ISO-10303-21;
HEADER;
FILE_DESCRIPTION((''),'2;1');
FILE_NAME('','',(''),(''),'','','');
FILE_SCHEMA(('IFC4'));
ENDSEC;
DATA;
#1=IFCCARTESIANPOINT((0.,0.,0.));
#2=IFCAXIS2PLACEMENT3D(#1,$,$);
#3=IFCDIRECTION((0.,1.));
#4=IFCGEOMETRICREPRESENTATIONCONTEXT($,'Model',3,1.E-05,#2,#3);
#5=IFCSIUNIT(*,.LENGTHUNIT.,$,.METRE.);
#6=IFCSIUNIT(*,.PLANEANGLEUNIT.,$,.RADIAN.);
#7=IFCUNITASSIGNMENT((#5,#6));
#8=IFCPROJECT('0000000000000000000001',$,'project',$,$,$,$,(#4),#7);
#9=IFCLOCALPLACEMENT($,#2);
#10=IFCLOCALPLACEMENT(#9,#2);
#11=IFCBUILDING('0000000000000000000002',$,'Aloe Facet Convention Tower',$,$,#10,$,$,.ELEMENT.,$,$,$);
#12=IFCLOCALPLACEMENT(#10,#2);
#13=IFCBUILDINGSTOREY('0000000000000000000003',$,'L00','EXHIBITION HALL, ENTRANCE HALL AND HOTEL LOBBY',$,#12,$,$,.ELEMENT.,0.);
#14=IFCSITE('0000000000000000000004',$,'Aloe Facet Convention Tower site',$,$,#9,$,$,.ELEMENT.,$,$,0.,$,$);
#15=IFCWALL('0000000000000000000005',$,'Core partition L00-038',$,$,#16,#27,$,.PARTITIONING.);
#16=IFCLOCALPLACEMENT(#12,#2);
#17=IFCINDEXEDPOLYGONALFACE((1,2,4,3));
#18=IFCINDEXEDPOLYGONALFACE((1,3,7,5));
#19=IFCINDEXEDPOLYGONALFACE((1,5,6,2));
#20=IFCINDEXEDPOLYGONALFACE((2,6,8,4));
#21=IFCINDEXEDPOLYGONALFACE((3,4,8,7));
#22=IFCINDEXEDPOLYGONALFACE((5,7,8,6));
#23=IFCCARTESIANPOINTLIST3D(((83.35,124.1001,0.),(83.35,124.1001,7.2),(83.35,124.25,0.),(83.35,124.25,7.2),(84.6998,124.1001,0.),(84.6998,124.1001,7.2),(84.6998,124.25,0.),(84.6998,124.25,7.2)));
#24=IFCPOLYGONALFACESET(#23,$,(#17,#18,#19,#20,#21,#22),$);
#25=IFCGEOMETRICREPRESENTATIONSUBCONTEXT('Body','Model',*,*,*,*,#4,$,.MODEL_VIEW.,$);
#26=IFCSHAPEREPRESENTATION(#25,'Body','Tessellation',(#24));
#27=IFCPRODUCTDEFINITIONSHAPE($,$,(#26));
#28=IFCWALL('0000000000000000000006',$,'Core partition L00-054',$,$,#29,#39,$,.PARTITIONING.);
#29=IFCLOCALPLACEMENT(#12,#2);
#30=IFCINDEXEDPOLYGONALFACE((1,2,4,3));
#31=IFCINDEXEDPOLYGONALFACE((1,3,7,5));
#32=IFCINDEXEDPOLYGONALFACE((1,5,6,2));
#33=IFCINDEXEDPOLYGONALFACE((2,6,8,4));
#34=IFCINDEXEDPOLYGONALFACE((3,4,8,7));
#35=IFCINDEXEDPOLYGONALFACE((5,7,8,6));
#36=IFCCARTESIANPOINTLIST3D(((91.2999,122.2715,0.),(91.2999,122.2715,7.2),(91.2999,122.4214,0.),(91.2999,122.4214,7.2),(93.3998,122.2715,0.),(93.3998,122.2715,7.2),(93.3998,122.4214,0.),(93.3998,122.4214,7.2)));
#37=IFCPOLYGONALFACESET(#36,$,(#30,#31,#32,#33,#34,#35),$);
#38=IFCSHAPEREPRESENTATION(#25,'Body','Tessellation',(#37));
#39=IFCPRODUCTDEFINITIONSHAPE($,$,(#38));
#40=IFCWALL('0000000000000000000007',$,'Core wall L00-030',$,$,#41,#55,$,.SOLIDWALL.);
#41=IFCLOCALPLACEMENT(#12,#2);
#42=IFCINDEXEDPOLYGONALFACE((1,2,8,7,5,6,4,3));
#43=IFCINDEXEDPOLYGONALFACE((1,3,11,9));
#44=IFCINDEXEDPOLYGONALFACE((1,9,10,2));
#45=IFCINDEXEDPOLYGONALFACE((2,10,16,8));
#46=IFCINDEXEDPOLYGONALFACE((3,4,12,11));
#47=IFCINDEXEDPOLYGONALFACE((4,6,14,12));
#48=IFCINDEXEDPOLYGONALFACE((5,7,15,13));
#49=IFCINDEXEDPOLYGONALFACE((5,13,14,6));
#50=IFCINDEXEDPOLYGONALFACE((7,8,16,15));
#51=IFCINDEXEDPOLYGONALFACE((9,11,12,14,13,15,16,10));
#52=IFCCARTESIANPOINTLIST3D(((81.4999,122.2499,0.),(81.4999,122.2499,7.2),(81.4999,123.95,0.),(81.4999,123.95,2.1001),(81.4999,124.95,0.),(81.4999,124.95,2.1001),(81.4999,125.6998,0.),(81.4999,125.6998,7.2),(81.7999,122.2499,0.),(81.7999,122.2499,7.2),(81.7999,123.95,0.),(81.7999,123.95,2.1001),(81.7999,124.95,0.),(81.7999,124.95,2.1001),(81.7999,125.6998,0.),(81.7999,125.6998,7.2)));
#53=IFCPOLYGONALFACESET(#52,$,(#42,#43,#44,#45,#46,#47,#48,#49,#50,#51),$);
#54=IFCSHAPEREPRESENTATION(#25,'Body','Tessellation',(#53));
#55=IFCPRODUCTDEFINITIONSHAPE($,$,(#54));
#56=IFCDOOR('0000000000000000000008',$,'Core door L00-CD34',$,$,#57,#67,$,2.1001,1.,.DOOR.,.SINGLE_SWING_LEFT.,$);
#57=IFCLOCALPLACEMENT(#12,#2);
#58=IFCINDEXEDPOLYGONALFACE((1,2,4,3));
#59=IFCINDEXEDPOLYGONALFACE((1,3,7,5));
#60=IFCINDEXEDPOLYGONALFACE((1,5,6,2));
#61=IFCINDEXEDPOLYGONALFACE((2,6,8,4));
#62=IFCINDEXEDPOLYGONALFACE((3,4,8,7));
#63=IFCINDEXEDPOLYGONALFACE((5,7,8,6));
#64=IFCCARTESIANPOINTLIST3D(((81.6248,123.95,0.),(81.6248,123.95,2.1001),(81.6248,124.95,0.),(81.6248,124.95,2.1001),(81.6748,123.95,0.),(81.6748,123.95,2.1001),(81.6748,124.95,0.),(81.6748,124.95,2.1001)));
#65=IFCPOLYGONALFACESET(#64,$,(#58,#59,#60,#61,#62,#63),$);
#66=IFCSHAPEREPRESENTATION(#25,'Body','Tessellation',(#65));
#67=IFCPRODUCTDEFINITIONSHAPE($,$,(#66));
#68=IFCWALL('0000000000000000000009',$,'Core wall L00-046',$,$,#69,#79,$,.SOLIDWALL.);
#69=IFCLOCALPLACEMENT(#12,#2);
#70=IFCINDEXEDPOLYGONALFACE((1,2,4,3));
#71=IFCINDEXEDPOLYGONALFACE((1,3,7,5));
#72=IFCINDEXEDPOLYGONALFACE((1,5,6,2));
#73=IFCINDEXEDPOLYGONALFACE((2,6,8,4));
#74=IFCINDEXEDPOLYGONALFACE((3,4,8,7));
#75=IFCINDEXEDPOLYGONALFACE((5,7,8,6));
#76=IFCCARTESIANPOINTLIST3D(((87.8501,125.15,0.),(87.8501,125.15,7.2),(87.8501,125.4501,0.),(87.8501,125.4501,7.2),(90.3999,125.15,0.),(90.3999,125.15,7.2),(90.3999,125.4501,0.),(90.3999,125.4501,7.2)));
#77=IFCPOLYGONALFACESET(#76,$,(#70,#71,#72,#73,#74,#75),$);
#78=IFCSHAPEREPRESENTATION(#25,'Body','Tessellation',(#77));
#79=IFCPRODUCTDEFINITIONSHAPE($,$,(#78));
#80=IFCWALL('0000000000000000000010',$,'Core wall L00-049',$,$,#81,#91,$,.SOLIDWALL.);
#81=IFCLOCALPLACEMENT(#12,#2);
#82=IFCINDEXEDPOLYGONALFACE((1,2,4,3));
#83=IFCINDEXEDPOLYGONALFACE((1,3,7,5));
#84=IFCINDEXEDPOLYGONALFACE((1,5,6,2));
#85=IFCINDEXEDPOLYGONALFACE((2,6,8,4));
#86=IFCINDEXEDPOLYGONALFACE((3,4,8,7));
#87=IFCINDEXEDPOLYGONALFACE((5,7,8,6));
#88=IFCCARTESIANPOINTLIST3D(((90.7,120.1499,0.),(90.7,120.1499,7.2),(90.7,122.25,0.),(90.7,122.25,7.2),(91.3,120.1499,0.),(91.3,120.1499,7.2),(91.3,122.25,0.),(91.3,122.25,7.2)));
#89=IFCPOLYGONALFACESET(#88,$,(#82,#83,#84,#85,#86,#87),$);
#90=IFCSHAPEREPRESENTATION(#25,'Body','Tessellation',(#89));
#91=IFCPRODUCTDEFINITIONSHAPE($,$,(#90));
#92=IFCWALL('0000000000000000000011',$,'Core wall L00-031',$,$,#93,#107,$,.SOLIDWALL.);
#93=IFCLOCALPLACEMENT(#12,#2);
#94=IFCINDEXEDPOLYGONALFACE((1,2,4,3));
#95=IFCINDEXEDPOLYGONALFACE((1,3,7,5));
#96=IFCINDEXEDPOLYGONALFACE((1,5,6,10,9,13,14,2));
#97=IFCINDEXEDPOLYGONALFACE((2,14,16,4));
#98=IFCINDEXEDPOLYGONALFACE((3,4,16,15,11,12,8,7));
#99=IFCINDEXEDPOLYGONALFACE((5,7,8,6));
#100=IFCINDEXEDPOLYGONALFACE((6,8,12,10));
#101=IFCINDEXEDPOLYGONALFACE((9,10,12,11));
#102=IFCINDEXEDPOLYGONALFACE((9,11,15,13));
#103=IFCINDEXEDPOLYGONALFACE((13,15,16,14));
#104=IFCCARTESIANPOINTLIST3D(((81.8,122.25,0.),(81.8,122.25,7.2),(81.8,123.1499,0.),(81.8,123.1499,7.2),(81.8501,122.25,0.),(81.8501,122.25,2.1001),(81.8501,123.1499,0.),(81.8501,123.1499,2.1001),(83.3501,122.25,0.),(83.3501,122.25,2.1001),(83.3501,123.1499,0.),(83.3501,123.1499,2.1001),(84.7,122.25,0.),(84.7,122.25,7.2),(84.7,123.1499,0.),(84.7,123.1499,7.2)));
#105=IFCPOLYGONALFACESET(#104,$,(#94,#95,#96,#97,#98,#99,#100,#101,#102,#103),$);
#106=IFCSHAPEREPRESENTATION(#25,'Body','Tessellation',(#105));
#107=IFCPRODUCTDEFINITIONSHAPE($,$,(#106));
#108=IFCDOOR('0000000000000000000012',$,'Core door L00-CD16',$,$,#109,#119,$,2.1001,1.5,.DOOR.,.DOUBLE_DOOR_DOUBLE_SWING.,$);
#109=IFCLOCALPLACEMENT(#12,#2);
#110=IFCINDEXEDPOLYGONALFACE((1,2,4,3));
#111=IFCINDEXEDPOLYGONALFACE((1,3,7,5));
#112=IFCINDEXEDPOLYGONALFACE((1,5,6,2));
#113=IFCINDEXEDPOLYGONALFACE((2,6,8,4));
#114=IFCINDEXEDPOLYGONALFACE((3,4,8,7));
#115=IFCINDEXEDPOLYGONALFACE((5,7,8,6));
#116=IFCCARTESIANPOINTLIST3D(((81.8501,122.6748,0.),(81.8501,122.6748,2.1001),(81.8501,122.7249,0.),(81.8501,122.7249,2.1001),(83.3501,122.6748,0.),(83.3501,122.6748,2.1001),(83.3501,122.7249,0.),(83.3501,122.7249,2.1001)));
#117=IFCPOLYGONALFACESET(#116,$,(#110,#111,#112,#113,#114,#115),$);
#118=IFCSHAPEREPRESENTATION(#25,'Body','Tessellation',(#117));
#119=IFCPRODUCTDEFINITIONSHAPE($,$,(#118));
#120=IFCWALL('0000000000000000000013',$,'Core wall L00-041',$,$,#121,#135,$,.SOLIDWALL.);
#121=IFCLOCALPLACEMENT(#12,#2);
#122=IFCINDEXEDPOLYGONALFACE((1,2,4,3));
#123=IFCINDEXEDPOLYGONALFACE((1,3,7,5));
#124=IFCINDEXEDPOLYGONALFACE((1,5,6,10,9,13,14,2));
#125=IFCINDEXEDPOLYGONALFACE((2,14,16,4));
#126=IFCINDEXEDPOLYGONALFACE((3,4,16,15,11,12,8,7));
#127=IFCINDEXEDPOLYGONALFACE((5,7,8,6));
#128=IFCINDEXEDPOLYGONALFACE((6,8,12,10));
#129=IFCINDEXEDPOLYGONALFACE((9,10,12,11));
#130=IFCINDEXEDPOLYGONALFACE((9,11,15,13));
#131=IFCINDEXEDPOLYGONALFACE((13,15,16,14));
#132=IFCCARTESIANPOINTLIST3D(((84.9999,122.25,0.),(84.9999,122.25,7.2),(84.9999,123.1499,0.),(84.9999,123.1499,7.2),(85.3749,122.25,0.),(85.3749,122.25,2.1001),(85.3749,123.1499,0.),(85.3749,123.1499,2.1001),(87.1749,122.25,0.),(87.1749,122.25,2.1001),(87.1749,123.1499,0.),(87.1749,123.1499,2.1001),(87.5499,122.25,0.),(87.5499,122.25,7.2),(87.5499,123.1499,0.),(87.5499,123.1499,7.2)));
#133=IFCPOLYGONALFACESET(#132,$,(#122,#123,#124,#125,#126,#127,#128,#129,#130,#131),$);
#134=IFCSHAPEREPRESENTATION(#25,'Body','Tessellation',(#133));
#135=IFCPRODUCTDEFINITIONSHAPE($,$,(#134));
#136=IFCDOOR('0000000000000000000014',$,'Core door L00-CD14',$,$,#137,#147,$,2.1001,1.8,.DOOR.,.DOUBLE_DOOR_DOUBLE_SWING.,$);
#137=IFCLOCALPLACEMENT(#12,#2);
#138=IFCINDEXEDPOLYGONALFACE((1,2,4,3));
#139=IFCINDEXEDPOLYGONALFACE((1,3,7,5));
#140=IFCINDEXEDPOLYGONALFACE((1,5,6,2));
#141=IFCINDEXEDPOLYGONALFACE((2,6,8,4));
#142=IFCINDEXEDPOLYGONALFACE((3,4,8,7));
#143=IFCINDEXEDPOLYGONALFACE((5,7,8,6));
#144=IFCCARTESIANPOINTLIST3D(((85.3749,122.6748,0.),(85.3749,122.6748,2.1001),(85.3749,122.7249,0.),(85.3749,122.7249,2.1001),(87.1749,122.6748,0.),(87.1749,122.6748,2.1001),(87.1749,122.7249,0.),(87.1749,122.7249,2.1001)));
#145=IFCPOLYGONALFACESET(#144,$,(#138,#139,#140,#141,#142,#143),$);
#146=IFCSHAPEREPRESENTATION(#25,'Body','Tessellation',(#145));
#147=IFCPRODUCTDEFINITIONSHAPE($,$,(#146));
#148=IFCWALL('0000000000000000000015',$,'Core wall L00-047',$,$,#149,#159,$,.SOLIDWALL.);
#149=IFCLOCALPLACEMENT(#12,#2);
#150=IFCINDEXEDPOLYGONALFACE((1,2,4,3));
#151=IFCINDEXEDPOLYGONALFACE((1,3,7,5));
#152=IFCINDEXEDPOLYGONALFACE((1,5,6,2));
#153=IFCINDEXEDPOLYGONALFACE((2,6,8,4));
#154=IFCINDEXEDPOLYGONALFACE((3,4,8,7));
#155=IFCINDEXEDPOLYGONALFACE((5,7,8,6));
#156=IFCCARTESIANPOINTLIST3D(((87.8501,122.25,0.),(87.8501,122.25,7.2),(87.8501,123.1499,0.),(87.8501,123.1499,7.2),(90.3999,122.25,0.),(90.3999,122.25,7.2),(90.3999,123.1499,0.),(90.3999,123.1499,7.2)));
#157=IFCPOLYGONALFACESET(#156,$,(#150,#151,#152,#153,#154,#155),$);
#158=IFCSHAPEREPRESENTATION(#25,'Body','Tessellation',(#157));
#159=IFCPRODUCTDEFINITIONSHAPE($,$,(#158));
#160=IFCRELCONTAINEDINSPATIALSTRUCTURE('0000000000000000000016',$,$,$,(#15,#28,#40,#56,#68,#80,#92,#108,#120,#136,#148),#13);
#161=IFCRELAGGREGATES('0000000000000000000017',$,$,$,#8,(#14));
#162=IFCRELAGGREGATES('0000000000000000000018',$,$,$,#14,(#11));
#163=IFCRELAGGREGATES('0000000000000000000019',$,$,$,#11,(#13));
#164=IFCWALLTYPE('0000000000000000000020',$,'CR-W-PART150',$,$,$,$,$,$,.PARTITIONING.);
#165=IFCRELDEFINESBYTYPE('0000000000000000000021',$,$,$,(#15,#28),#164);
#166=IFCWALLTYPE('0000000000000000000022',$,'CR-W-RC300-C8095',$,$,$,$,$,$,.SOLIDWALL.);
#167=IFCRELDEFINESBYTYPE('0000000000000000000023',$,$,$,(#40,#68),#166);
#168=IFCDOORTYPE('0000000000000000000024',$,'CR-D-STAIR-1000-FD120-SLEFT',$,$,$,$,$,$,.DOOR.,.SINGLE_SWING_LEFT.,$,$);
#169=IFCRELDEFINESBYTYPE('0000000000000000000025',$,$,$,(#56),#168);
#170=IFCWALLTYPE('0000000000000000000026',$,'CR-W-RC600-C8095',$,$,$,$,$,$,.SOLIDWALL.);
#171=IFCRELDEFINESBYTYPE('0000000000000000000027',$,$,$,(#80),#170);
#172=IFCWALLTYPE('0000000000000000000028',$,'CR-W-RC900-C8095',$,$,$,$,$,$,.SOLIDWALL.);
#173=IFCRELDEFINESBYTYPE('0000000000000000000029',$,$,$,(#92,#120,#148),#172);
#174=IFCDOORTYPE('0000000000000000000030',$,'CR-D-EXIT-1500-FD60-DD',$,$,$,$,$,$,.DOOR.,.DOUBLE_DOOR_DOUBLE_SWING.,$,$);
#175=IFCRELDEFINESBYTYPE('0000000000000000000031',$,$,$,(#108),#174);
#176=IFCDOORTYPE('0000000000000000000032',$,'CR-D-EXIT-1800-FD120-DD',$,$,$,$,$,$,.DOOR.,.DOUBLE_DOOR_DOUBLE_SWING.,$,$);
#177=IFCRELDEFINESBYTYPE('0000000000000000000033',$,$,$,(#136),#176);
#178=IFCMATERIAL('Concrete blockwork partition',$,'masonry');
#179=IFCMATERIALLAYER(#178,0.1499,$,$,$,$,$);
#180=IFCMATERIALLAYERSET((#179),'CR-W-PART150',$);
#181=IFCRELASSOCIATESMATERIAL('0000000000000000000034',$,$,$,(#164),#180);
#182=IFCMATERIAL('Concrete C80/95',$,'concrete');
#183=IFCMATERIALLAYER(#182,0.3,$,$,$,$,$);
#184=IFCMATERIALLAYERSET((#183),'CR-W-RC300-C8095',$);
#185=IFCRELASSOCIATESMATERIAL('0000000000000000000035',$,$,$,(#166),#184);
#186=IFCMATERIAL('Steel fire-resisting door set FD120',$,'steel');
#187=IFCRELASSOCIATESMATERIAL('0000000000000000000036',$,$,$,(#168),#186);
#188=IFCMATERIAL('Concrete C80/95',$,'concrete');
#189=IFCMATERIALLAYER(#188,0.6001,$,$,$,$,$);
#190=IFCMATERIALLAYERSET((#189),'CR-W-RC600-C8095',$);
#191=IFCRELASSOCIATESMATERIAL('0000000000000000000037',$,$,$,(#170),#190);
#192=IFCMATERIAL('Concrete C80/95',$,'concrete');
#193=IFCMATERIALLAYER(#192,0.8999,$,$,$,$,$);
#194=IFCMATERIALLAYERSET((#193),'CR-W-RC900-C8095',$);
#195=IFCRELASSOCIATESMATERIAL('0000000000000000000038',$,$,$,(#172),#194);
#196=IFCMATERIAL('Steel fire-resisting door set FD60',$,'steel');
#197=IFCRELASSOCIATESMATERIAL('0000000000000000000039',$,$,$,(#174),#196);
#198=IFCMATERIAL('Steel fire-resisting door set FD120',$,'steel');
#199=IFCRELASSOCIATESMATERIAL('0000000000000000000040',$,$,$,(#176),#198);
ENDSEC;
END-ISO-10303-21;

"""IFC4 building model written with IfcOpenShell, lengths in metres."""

from ifc_helpers import new_model, si_unit, direction, frame, frame_2d, origin, place, context, subcontext, project, spatial, rectangle, extrude, material, layer, layer_set, type_object, element, fill, save


model = new_model("IFC4")

# Units and contexts
model_context = context("Model", 3, precision=1e-05, world=origin(), true_north=direction((0.0, 1.0)))
body_context = subcontext(model_context, "Body", "Model", "MODEL_VIEW")
ifc_project = project(units=[si_unit("LENGTHUNIT", "METRE"), si_unit("PLANEANGLEUNIT", "RADIAN")], contexts=[model_context])

# Site, building, storey
site_placement = place(None, origin())
site = spatial("IfcSite", under=ifc_project, at=site_placement, Name="Aloe Facet Convention Tower site", CompositionType="ELEMENT", RefElevation=0.0)
building_placement = place(site_placement, origin())
building = spatial("IfcBuilding", under=site, at=building_placement, Name="Aloe Facet Convention Tower", CompositionType="ELEMENT")
storey_placement = place(building_placement, origin())
storey = spatial("IfcBuildingStorey", under=building, at=storey_placement, Name="L00", Description="EXHIBITION HALL, ENTRANCE HALL AND HOTEL LOBBY", CompositionType="ELEMENT", Elevation=0.0)

# Walls
ifc_material_1 = material(Name="Concrete blockwork partition", Category="masonry")
ifc_layer_1 = layer(ifc_material_1, 0.1499)
ifc_layer_set_1 = layer_set([ifc_layer_1], Name="CR-W-PART150")
wall_type_1 = type_object("IfcWallType", Name="CR-W-PART150", PredefinedType="PARTITIONING", material=ifc_layer_set_1)
wall_1_placement = place(storey_placement, frame((83.3501, 124.175, 0.0), z_axis=(0.0, 0.0, 1.0), x_axis=(1.0, 0.0, 0.0)))
element("IfcWall", 1, at=wall_1_placement, inside=storey, type_object=wall_type_1, Name="Core partition L00-038", PredefinedType="PARTITIONING", context=body_context, shape_type="SweptSolid", body=[
    extrude(rectangle(XDim=1.3499, YDim=0.1499, at=frame_2d((0.6748, 0.0))), origin(), (0.0, 0.0, 1.0), 7.2),
])
wall_2_placement = place(storey_placement, frame((91.3, 122.3464, 0.0), z_axis=(0.0, 0.0, 1.0), x_axis=(1.0, 0.0, 0.0)))
element("IfcWall", 2, at=wall_2_placement, inside=storey, type_object=wall_type_1, Name="Core partition L00-054", PredefinedType="PARTITIONING", context=body_context, shape_type="SweptSolid", body=[
    extrude(rectangle(XDim=2.0999, YDim=0.1499, at=frame_2d((1.0498, 0.0))), origin(), (0.0, 0.0, 1.0), 7.2),
])

# Wall, opening, door
ifc_material_2 = material(Name="Concrete C80/95", Category="concrete")
ifc_layer_2 = layer(ifc_material_2, 0.3)
ifc_layer_set_2 = layer_set([ifc_layer_2], Name="CR-W-RC300-C8095")
wall_type_2 = type_object("IfcWallType", Name="CR-W-RC300-C8095", PredefinedType="SOLIDWALL", material=ifc_layer_set_2)
wall_3_placement = place(storey_placement, frame((81.6499, 125.7, 0.0), z_axis=(0.0, 0.0, 1.0), x_axis=(0.0, -1.0, 0.0)))
wall_3 = element("IfcWall", 3, at=wall_3_placement, inside=storey, type_object=wall_type_2, Name="Core wall L00-030", PredefinedType="SOLIDWALL", context=body_context, shape_type="SweptSolid", body=[
    extrude(rectangle(XDim=3.45, YDim=0.3, at=frame_2d((1.7251, 0.0))), origin(), (0.0, 0.0, 1.0), 7.2),
])
opening_1_placement = place(wall_3_placement, frame((0.75, 0.0, 0.0)))
opening_1 = element("IfcOpeningElement", 4, at=opening_1_placement, cuts=wall_3, PredefinedType="OPENING", context=body_context, shape_type="SweptSolid", body=[
    extrude(rectangle(XDim=1.0, YDim=2.1001, at=frame_2d((0.5, 1.05))), frame((0.0, 0.1602, 0.0), z_axis=(0.0, -1.0, 0.0), x_axis=(1.0, 0.0, 0.0)), (0.0, 0.0, 1.0), 0.3201),
])
ifc_material_3 = material(Name="Steel fire-resisting door set FD120", Category="steel")
door_type_1 = type_object("IfcDoorType", Name="CR-D-STAIR-1000-FD120-SLEFT", OperationType="SINGLE_SWING_LEFT", PredefinedType="DOOR", material=ifc_material_3)
door_1_placement = place(opening_1_placement, origin())
door_1 = element("IfcDoor", 5, at=door_1_placement, inside=storey, type_object=door_type_1, Name="Core door L00-CD34", OperationType="SINGLE_SWING_LEFT", OverallHeight=2.1001, OverallWidth=1.0, PredefinedType="DOOR", context=body_context, shape_type="SweptSolid", body=[
    extrude(rectangle(XDim=1.0, YDim=2.1001, at=frame_2d((0.5, 1.05))), frame((0.0, 0.0249, 0.0), z_axis=(0.0, -1.0, 0.0), x_axis=(1.0, 0.0, 0.0)), (0.0, 0.0, 1.0), 0.05),
])
fill(opening_1, door_1)

# Walls
wall_4_placement = place(storey_placement, frame((87.8501, 125.3, 0.0), z_axis=(0.0, 0.0, 1.0), x_axis=(1.0, 0.0, 0.0)))
element("IfcWall", 6, at=wall_4_placement, inside=storey, type_object=wall_type_2, Name="Core wall L00-046", PredefinedType="SOLIDWALL", context=body_context, shape_type="SweptSolid", body=[
    extrude(rectangle(XDim=2.5498, YDim=0.3, at=frame_2d((1.2749, 0.0))), origin(), (0.0, 0.0, 1.0), 7.2),
])
ifc_material_4 = material(Name="Concrete C80/95", Category="concrete")
ifc_layer_3 = layer(ifc_material_4, 0.6001)
ifc_layer_set_3 = layer_set([ifc_layer_3], Name="CR-W-RC600-C8095")
wall_type_3 = type_object("IfcWallType", Name="CR-W-RC600-C8095", PredefinedType="SOLIDWALL", material=ifc_layer_set_3)
wall_5_placement = place(storey_placement, frame((91.0, 122.25, 0.0), z_axis=(0.0, 0.0, 1.0), x_axis=(0.0, -1.0, 0.0)))
element("IfcWall", 7, at=wall_5_placement, inside=storey, type_object=wall_type_3, Name="Core wall L00-049", PredefinedType="SOLIDWALL", context=body_context, shape_type="SweptSolid", body=[
    extrude(rectangle(XDim=2.1001, YDim=0.6001, at=frame_2d((1.05, 0.0))), origin(), (0.0, 0.0, 1.0), 7.2),
])

# Walls, openings, doors
ifc_material_5 = material(Name="Concrete C80/95", Category="concrete")
ifc_layer_4 = layer(ifc_material_5, 0.8999)
ifc_layer_set_4 = layer_set([ifc_layer_4], Name="CR-W-RC900-C8095")
wall_type_4 = type_object("IfcWallType", Name="CR-W-RC900-C8095", PredefinedType="SOLIDWALL", material=ifc_layer_set_4)
wall_6_placement = place(storey_placement, frame((81.8, 122.7, 0.0), z_axis=(0.0, 0.0, 1.0), x_axis=(1.0, 0.0, 0.0)))
wall_6 = element("IfcWall", 8, at=wall_6_placement, inside=storey, type_object=wall_type_4, Name="Core wall L00-031", PredefinedType="SOLIDWALL", context=body_context, shape_type="SweptSolid", body=[
    extrude(rectangle(XDim=2.8999, YDim=0.8999, at=frame_2d((1.45, 0.0))), origin(), (0.0, 0.0, 1.0), 7.2),
])
opening_2_placement = place(wall_6_placement, frame((0.05, 0.0, 0.0)))
opening_2 = element("IfcOpeningElement", 9, at=opening_2_placement, cuts=wall_6, PredefinedType="OPENING", context=body_context, shape_type="SweptSolid", body=[
    extrude(rectangle(XDim=1.5, YDim=2.1001, at=frame_2d((0.75, 1.05))), frame((0.0, 0.46, 0.0), z_axis=(0.0, -1.0, 0.0), x_axis=(1.0, 0.0, 0.0)), (0.0, 0.0, 1.0), 0.9199),
])
ifc_material_6 = material(Name="Steel fire-resisting door set FD60", Category="steel")
door_type_2 = type_object("IfcDoorType", Name="CR-D-EXIT-1500-FD60-DD", OperationType="DOUBLE_DOOR_DOUBLE_SWING", PredefinedType="DOOR", material=ifc_material_6)
door_2_placement = place(opening_2_placement, origin())
door_2 = element("IfcDoor", 10, at=door_2_placement, inside=storey, type_object=door_type_2, Name="Core door L00-CD16", OperationType="DOUBLE_DOOR_DOUBLE_SWING", OverallHeight=2.1001, OverallWidth=1.5, PredefinedType="DOOR", context=body_context, shape_type="SweptSolid", body=[
    extrude(rectangle(XDim=1.5, YDim=2.1001, at=frame_2d((0.75, 1.05))), frame((0.0, 0.0249, 0.0), z_axis=(0.0, -1.0, 0.0), x_axis=(1.0, 0.0, 0.0)), (0.0, 0.0, 1.0), 0.05),
])
fill(opening_2, door_2)
wall_7_placement = place(storey_placement, frame((85.0, 122.7, 0.0), z_axis=(0.0, 0.0, 1.0), x_axis=(1.0, 0.0, 0.0)))
wall_7 = element("IfcWall", 11, at=wall_7_placement, inside=storey, type_object=wall_type_4, Name="Core wall L00-041", PredefinedType="SOLIDWALL", context=body_context, shape_type="SweptSolid", body=[
    extrude(rectangle(XDim=2.55, YDim=0.8999, at=frame_2d((1.2749, 0.0))), origin(), (0.0, 0.0, 1.0), 7.2),
])
opening_3_placement = place(wall_7_placement, frame((0.375, 0.0, 0.0)))
opening_3 = element("IfcOpeningElement", 12, at=opening_3_placement, cuts=wall_7, PredefinedType="OPENING", context=body_context, shape_type="SweptSolid", body=[
    extrude(rectangle(XDim=1.8, YDim=2.1001, at=frame_2d((0.8999, 1.05))), frame((0.0, 0.46, 0.0), z_axis=(0.0, -1.0, 0.0), x_axis=(1.0, 0.0, 0.0)), (0.0, 0.0, 1.0), 0.9199),
])
ifc_material_7 = material(Name="Steel fire-resisting door set FD120", Category="steel")
door_type_3 = type_object("IfcDoorType", Name="CR-D-EXIT-1800-FD120-DD", OperationType="DOUBLE_DOOR_DOUBLE_SWING", PredefinedType="DOOR", material=ifc_material_7)
door_3_placement = place(opening_3_placement, origin())
door_3 = element("IfcDoor", 13, at=door_3_placement, inside=storey, type_object=door_type_3, Name="Core door L00-CD14", OperationType="DOUBLE_DOOR_DOUBLE_SWING", OverallHeight=2.1001, OverallWidth=1.8, PredefinedType="DOOR", context=body_context, shape_type="SweptSolid", body=[
    extrude(rectangle(XDim=1.8, YDim=2.1001, at=frame_2d((0.8999, 1.05))), frame((0.0, 0.0249, 0.0), z_axis=(0.0, -1.0, 0.0), x_axis=(1.0, 0.0, 0.0)), (0.0, 0.0, 1.0), 0.05),
])
fill(opening_3, door_3)

# Wall
wall_8_placement = place(storey_placement, frame((87.8501, 122.7, 0.0), z_axis=(0.0, 0.0, 1.0), x_axis=(1.0, 0.0, 0.0)))
element("IfcWall", 14, at=wall_8_placement, inside=storey, type_object=wall_type_4, Name="Core wall L00-047", PredefinedType="SOLIDWALL", context=body_context, shape_type="SweptSolid", body=[
    extrude(rectangle(XDim=2.5498, YDim=0.8999, at=frame_2d((1.2749, 0.0))), origin(), (0.0, 0.0, 1.0), 7.2),
])

save(model, "model.ifc")
